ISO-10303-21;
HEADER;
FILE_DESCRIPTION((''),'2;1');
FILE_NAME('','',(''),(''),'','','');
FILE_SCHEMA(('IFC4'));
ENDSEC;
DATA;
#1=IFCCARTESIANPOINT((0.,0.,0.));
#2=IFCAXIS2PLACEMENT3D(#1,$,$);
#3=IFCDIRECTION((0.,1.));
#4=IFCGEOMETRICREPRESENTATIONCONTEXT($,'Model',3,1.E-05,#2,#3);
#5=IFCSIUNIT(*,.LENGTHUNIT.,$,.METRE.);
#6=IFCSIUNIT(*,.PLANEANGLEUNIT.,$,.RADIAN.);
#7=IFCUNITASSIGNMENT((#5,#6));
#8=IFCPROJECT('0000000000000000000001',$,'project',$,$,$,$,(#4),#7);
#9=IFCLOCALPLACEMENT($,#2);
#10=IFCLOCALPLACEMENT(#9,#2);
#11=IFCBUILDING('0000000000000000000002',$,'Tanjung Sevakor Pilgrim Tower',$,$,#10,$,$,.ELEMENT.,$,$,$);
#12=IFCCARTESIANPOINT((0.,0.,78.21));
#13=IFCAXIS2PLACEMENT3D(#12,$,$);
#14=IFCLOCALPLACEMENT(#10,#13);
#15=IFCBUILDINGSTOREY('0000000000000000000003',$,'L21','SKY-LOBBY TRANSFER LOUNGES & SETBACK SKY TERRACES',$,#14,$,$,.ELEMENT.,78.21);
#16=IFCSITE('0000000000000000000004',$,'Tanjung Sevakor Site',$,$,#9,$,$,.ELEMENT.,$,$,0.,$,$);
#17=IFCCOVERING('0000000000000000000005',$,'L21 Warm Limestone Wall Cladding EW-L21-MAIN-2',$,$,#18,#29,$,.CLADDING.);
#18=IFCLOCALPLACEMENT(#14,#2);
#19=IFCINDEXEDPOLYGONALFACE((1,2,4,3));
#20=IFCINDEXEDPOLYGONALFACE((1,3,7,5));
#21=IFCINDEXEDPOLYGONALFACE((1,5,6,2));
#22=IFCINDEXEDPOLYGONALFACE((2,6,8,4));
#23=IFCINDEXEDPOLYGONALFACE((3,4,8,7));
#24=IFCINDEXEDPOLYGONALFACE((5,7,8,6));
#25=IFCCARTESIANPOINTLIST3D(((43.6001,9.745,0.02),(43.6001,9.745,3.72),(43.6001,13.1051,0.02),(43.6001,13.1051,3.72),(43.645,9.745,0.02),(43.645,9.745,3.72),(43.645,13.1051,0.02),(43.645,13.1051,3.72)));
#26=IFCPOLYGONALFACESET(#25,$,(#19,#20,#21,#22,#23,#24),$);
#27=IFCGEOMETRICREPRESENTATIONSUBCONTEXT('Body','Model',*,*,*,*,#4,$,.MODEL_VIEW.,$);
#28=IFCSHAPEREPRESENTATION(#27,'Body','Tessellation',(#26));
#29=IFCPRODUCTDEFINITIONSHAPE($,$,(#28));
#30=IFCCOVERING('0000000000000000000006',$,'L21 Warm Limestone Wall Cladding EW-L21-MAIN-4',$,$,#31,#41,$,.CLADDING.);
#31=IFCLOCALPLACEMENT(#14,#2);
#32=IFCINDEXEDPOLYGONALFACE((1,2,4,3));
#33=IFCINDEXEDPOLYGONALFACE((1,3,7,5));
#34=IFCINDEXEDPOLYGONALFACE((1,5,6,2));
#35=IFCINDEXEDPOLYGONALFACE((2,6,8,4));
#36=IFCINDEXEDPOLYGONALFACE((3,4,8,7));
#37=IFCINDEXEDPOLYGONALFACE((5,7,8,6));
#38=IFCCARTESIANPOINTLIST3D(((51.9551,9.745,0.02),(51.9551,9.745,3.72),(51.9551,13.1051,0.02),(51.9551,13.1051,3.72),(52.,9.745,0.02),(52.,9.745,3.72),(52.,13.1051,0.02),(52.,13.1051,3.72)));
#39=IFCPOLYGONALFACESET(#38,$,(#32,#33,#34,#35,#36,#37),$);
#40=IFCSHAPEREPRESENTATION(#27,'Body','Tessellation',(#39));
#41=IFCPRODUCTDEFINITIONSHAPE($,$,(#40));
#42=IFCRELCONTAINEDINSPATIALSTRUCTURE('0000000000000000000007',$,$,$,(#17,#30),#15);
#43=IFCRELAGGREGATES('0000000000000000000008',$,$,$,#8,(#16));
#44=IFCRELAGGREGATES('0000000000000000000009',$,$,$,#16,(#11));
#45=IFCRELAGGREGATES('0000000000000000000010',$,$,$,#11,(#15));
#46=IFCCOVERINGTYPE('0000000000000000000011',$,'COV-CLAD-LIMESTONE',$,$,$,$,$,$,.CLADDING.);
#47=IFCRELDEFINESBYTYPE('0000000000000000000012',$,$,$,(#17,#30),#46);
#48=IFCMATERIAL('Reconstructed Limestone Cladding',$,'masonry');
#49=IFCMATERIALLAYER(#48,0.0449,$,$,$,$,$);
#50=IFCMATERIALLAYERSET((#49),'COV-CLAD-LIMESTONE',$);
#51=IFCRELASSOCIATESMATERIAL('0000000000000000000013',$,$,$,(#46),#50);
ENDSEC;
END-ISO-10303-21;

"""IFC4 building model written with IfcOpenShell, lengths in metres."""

from ifc_helpers import new_model, si_unit, direction, frame, origin, origin_2d, place, context, subcontext, project, spatial, rectangle, extrude, material, layer, layer_set, type_object, element, save


model = new_model("IFC4")

# Units and contexts
model_context = context("Model", 3, precision=1e-05, world=origin(), true_north=direction((0.0, 1.0)))
body_context = subcontext(model_context, "Body", "Model", "MODEL_VIEW")
ifc_project = project(units=[si_unit("LENGTHUNIT", "METRE"), si_unit("PLANEANGLEUNIT", "RADIAN")], contexts=[model_context])

# Site, building, storey
site_placement = place(None, origin())
site = spatial("IfcSite", under=ifc_project, at=site_placement, Name="Tanjung Sevakor Site", CompositionType="ELEMENT", RefElevation=0.0)
building_placement = place(site_placement, origin())
building = spatial("IfcBuilding", under=site, at=building_placement, Name="Tanjung Sevakor Pilgrim Tower", CompositionType="ELEMENT")
storey_placement = place(building_placement, frame((0.0, 0.0, 78.21)))
storey = spatial("IfcBuildingStorey", under=building, at=storey_placement, Name="L21", Description="SKY-LOBBY TRANSFER LOUNGES & SETBACK SKY TERRACES", CompositionType="ELEMENT", Elevation=78.21)

# Coverings
ifc_material_1 = material(Name="Reconstructed Limestone Cladding", Category="masonry")
ifc_layer_1 = layer(ifc_material_1, 0.0449)
ifc_layer_set_1 = layer_set([ifc_layer_1], Name="COV-CLAD-LIMESTONE")
covering_type = type_object("IfcCoveringType", Name="COV-CLAD-LIMESTONE", PredefinedType="CLADDING", material=ifc_layer_set_1)
for number, where, z_axis, x_axis, name in (
    (1, (43.6226, 11.425, 0.02), (0.0, 0.0, 1.0), (0.0, 1.0, 0.0), "L21 Warm Limestone Wall Cladding EW-L21-MAIN-2"),
    (2, (51.9775, 11.425, 0.02), (0.0, 0.0, 1.0), (0.0, -1.0, 0.0), "L21 Warm Limestone Wall Cladding EW-L21-MAIN-4"),
):
    element("IfcCovering", number, at=place(storey_placement, frame(where, z_axis=z_axis, x_axis=x_axis)), inside=storey, type_object=covering_type, Name=name, PredefinedType="CLADDING", context=body_context, shape_type="SweptSolid", body=[
        extrude(rectangle(XDim=3.3601, YDim=0.0449, at=origin_2d()), origin(), (0.0, 0.0, 1.0), 3.7),
    ])

save(model, "model.ifc")
